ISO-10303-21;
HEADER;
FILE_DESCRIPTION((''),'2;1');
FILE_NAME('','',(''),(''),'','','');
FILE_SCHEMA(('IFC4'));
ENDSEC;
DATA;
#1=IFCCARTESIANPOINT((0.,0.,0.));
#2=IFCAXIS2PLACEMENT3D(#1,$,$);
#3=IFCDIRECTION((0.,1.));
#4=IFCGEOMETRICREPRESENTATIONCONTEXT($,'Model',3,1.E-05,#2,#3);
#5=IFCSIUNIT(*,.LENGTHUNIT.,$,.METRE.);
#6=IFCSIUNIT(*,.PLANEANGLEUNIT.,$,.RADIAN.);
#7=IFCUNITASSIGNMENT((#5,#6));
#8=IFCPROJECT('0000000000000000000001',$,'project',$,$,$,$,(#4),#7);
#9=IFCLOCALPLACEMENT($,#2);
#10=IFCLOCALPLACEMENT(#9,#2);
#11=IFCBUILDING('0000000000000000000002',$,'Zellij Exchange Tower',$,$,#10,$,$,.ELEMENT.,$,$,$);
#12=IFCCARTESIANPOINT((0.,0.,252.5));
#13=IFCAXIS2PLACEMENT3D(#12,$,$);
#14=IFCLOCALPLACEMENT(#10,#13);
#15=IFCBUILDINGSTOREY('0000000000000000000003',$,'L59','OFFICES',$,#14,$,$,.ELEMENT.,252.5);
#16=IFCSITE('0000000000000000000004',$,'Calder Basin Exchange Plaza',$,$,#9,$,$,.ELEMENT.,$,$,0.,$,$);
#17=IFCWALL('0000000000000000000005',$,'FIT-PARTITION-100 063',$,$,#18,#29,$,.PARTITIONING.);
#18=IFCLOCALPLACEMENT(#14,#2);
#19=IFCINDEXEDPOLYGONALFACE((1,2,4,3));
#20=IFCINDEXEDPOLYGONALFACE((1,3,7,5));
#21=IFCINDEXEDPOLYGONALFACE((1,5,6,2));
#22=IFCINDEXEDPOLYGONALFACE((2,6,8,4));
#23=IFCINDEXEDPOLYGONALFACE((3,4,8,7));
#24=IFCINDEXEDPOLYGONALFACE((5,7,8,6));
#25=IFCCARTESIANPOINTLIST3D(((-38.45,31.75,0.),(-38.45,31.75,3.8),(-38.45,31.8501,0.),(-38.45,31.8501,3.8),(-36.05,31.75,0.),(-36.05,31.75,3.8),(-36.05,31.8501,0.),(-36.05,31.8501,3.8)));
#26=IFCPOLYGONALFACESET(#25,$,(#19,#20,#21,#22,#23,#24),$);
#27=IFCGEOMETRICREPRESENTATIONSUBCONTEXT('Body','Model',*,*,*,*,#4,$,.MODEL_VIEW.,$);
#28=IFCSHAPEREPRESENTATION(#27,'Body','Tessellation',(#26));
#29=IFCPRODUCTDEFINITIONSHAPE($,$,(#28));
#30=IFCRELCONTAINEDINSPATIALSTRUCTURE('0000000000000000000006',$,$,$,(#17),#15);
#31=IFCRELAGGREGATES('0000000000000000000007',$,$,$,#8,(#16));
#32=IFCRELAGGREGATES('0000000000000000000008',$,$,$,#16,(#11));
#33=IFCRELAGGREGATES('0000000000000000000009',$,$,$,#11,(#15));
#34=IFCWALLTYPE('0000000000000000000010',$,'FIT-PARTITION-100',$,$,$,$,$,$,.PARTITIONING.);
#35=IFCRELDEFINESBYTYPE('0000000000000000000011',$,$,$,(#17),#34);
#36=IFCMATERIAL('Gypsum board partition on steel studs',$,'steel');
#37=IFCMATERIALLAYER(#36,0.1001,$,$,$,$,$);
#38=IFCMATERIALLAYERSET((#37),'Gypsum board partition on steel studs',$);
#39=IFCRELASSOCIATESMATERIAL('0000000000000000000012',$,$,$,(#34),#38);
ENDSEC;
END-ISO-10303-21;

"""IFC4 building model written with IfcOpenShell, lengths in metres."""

from ifc_helpers import new_model, si_unit, direction, frame, frame_2d, origin, place, context, subcontext, project, spatial, rectangle, extrude, material, layer, layer_set, type_object, element, save


model = new_model("IFC4")

# Units and contexts
model_context = context("Model", 3, precision=1e-05, world=origin(), true_north=direction((0.0, 1.0)))
body_context = subcontext(model_context, "Body", "Model", "MODEL_VIEW")
ifc_project = project(units=[si_unit("LENGTHUNIT", "METRE"), si_unit("PLANEANGLEUNIT", "RADIAN")], contexts=[model_context])

# Site, building, storey
site_placement = place(None, origin())
site = spatial("IfcSite", under=ifc_project, at=site_placement, Name="Calder Basin Exchange Plaza", CompositionType="ELEMENT", RefElevation=0.0)
building_placement = place(site_placement, origin())
building = spatial("IfcBuilding", under=site, at=building_placement, Name="Zellij Exchange Tower", CompositionType="ELEMENT")
storey_placement = place(building_placement, frame((0.0, 0.0, 252.5)))
storey = spatial("IfcBuildingStorey", under=building, at=storey_placement, Name="L59", Description="OFFICES", CompositionType="ELEMENT", Elevation=252.5)

# Wall
ifc_material_1 = material(Name="Gypsum board partition on steel studs", Category="steel")
ifc_layer_1 = layer(ifc_material_1, 0.1001)
ifc_layer_set_1 = layer_set([ifc_layer_1], Name="Gypsum board partition on steel studs")
wall_type_1 = type_object("IfcWallType", Name="FIT-PARTITION-100", PredefinedType="PARTITIONING", material=ifc_layer_set_1)
wall_1_placement = place(storey_placement, frame((-38.45, 31.8, 0.0), z_axis=(0.0, 0.0, 1.0), x_axis=(1.0, 0.0, 0.0)))
element("IfcWall", 1, at=wall_1_placement, inside=storey, type_object=wall_type_1, Name="FIT-PARTITION-100 063", PredefinedType="PARTITIONING", context=body_context, shape_type="SweptSolid", body=[
    extrude(rectangle(XDim=2.3999, YDim=0.1001, at=frame_2d((1.2, 0.0))), origin(), (0.0, 0.0, 1.0), 3.8),
])

save(model, "model.ifc")
